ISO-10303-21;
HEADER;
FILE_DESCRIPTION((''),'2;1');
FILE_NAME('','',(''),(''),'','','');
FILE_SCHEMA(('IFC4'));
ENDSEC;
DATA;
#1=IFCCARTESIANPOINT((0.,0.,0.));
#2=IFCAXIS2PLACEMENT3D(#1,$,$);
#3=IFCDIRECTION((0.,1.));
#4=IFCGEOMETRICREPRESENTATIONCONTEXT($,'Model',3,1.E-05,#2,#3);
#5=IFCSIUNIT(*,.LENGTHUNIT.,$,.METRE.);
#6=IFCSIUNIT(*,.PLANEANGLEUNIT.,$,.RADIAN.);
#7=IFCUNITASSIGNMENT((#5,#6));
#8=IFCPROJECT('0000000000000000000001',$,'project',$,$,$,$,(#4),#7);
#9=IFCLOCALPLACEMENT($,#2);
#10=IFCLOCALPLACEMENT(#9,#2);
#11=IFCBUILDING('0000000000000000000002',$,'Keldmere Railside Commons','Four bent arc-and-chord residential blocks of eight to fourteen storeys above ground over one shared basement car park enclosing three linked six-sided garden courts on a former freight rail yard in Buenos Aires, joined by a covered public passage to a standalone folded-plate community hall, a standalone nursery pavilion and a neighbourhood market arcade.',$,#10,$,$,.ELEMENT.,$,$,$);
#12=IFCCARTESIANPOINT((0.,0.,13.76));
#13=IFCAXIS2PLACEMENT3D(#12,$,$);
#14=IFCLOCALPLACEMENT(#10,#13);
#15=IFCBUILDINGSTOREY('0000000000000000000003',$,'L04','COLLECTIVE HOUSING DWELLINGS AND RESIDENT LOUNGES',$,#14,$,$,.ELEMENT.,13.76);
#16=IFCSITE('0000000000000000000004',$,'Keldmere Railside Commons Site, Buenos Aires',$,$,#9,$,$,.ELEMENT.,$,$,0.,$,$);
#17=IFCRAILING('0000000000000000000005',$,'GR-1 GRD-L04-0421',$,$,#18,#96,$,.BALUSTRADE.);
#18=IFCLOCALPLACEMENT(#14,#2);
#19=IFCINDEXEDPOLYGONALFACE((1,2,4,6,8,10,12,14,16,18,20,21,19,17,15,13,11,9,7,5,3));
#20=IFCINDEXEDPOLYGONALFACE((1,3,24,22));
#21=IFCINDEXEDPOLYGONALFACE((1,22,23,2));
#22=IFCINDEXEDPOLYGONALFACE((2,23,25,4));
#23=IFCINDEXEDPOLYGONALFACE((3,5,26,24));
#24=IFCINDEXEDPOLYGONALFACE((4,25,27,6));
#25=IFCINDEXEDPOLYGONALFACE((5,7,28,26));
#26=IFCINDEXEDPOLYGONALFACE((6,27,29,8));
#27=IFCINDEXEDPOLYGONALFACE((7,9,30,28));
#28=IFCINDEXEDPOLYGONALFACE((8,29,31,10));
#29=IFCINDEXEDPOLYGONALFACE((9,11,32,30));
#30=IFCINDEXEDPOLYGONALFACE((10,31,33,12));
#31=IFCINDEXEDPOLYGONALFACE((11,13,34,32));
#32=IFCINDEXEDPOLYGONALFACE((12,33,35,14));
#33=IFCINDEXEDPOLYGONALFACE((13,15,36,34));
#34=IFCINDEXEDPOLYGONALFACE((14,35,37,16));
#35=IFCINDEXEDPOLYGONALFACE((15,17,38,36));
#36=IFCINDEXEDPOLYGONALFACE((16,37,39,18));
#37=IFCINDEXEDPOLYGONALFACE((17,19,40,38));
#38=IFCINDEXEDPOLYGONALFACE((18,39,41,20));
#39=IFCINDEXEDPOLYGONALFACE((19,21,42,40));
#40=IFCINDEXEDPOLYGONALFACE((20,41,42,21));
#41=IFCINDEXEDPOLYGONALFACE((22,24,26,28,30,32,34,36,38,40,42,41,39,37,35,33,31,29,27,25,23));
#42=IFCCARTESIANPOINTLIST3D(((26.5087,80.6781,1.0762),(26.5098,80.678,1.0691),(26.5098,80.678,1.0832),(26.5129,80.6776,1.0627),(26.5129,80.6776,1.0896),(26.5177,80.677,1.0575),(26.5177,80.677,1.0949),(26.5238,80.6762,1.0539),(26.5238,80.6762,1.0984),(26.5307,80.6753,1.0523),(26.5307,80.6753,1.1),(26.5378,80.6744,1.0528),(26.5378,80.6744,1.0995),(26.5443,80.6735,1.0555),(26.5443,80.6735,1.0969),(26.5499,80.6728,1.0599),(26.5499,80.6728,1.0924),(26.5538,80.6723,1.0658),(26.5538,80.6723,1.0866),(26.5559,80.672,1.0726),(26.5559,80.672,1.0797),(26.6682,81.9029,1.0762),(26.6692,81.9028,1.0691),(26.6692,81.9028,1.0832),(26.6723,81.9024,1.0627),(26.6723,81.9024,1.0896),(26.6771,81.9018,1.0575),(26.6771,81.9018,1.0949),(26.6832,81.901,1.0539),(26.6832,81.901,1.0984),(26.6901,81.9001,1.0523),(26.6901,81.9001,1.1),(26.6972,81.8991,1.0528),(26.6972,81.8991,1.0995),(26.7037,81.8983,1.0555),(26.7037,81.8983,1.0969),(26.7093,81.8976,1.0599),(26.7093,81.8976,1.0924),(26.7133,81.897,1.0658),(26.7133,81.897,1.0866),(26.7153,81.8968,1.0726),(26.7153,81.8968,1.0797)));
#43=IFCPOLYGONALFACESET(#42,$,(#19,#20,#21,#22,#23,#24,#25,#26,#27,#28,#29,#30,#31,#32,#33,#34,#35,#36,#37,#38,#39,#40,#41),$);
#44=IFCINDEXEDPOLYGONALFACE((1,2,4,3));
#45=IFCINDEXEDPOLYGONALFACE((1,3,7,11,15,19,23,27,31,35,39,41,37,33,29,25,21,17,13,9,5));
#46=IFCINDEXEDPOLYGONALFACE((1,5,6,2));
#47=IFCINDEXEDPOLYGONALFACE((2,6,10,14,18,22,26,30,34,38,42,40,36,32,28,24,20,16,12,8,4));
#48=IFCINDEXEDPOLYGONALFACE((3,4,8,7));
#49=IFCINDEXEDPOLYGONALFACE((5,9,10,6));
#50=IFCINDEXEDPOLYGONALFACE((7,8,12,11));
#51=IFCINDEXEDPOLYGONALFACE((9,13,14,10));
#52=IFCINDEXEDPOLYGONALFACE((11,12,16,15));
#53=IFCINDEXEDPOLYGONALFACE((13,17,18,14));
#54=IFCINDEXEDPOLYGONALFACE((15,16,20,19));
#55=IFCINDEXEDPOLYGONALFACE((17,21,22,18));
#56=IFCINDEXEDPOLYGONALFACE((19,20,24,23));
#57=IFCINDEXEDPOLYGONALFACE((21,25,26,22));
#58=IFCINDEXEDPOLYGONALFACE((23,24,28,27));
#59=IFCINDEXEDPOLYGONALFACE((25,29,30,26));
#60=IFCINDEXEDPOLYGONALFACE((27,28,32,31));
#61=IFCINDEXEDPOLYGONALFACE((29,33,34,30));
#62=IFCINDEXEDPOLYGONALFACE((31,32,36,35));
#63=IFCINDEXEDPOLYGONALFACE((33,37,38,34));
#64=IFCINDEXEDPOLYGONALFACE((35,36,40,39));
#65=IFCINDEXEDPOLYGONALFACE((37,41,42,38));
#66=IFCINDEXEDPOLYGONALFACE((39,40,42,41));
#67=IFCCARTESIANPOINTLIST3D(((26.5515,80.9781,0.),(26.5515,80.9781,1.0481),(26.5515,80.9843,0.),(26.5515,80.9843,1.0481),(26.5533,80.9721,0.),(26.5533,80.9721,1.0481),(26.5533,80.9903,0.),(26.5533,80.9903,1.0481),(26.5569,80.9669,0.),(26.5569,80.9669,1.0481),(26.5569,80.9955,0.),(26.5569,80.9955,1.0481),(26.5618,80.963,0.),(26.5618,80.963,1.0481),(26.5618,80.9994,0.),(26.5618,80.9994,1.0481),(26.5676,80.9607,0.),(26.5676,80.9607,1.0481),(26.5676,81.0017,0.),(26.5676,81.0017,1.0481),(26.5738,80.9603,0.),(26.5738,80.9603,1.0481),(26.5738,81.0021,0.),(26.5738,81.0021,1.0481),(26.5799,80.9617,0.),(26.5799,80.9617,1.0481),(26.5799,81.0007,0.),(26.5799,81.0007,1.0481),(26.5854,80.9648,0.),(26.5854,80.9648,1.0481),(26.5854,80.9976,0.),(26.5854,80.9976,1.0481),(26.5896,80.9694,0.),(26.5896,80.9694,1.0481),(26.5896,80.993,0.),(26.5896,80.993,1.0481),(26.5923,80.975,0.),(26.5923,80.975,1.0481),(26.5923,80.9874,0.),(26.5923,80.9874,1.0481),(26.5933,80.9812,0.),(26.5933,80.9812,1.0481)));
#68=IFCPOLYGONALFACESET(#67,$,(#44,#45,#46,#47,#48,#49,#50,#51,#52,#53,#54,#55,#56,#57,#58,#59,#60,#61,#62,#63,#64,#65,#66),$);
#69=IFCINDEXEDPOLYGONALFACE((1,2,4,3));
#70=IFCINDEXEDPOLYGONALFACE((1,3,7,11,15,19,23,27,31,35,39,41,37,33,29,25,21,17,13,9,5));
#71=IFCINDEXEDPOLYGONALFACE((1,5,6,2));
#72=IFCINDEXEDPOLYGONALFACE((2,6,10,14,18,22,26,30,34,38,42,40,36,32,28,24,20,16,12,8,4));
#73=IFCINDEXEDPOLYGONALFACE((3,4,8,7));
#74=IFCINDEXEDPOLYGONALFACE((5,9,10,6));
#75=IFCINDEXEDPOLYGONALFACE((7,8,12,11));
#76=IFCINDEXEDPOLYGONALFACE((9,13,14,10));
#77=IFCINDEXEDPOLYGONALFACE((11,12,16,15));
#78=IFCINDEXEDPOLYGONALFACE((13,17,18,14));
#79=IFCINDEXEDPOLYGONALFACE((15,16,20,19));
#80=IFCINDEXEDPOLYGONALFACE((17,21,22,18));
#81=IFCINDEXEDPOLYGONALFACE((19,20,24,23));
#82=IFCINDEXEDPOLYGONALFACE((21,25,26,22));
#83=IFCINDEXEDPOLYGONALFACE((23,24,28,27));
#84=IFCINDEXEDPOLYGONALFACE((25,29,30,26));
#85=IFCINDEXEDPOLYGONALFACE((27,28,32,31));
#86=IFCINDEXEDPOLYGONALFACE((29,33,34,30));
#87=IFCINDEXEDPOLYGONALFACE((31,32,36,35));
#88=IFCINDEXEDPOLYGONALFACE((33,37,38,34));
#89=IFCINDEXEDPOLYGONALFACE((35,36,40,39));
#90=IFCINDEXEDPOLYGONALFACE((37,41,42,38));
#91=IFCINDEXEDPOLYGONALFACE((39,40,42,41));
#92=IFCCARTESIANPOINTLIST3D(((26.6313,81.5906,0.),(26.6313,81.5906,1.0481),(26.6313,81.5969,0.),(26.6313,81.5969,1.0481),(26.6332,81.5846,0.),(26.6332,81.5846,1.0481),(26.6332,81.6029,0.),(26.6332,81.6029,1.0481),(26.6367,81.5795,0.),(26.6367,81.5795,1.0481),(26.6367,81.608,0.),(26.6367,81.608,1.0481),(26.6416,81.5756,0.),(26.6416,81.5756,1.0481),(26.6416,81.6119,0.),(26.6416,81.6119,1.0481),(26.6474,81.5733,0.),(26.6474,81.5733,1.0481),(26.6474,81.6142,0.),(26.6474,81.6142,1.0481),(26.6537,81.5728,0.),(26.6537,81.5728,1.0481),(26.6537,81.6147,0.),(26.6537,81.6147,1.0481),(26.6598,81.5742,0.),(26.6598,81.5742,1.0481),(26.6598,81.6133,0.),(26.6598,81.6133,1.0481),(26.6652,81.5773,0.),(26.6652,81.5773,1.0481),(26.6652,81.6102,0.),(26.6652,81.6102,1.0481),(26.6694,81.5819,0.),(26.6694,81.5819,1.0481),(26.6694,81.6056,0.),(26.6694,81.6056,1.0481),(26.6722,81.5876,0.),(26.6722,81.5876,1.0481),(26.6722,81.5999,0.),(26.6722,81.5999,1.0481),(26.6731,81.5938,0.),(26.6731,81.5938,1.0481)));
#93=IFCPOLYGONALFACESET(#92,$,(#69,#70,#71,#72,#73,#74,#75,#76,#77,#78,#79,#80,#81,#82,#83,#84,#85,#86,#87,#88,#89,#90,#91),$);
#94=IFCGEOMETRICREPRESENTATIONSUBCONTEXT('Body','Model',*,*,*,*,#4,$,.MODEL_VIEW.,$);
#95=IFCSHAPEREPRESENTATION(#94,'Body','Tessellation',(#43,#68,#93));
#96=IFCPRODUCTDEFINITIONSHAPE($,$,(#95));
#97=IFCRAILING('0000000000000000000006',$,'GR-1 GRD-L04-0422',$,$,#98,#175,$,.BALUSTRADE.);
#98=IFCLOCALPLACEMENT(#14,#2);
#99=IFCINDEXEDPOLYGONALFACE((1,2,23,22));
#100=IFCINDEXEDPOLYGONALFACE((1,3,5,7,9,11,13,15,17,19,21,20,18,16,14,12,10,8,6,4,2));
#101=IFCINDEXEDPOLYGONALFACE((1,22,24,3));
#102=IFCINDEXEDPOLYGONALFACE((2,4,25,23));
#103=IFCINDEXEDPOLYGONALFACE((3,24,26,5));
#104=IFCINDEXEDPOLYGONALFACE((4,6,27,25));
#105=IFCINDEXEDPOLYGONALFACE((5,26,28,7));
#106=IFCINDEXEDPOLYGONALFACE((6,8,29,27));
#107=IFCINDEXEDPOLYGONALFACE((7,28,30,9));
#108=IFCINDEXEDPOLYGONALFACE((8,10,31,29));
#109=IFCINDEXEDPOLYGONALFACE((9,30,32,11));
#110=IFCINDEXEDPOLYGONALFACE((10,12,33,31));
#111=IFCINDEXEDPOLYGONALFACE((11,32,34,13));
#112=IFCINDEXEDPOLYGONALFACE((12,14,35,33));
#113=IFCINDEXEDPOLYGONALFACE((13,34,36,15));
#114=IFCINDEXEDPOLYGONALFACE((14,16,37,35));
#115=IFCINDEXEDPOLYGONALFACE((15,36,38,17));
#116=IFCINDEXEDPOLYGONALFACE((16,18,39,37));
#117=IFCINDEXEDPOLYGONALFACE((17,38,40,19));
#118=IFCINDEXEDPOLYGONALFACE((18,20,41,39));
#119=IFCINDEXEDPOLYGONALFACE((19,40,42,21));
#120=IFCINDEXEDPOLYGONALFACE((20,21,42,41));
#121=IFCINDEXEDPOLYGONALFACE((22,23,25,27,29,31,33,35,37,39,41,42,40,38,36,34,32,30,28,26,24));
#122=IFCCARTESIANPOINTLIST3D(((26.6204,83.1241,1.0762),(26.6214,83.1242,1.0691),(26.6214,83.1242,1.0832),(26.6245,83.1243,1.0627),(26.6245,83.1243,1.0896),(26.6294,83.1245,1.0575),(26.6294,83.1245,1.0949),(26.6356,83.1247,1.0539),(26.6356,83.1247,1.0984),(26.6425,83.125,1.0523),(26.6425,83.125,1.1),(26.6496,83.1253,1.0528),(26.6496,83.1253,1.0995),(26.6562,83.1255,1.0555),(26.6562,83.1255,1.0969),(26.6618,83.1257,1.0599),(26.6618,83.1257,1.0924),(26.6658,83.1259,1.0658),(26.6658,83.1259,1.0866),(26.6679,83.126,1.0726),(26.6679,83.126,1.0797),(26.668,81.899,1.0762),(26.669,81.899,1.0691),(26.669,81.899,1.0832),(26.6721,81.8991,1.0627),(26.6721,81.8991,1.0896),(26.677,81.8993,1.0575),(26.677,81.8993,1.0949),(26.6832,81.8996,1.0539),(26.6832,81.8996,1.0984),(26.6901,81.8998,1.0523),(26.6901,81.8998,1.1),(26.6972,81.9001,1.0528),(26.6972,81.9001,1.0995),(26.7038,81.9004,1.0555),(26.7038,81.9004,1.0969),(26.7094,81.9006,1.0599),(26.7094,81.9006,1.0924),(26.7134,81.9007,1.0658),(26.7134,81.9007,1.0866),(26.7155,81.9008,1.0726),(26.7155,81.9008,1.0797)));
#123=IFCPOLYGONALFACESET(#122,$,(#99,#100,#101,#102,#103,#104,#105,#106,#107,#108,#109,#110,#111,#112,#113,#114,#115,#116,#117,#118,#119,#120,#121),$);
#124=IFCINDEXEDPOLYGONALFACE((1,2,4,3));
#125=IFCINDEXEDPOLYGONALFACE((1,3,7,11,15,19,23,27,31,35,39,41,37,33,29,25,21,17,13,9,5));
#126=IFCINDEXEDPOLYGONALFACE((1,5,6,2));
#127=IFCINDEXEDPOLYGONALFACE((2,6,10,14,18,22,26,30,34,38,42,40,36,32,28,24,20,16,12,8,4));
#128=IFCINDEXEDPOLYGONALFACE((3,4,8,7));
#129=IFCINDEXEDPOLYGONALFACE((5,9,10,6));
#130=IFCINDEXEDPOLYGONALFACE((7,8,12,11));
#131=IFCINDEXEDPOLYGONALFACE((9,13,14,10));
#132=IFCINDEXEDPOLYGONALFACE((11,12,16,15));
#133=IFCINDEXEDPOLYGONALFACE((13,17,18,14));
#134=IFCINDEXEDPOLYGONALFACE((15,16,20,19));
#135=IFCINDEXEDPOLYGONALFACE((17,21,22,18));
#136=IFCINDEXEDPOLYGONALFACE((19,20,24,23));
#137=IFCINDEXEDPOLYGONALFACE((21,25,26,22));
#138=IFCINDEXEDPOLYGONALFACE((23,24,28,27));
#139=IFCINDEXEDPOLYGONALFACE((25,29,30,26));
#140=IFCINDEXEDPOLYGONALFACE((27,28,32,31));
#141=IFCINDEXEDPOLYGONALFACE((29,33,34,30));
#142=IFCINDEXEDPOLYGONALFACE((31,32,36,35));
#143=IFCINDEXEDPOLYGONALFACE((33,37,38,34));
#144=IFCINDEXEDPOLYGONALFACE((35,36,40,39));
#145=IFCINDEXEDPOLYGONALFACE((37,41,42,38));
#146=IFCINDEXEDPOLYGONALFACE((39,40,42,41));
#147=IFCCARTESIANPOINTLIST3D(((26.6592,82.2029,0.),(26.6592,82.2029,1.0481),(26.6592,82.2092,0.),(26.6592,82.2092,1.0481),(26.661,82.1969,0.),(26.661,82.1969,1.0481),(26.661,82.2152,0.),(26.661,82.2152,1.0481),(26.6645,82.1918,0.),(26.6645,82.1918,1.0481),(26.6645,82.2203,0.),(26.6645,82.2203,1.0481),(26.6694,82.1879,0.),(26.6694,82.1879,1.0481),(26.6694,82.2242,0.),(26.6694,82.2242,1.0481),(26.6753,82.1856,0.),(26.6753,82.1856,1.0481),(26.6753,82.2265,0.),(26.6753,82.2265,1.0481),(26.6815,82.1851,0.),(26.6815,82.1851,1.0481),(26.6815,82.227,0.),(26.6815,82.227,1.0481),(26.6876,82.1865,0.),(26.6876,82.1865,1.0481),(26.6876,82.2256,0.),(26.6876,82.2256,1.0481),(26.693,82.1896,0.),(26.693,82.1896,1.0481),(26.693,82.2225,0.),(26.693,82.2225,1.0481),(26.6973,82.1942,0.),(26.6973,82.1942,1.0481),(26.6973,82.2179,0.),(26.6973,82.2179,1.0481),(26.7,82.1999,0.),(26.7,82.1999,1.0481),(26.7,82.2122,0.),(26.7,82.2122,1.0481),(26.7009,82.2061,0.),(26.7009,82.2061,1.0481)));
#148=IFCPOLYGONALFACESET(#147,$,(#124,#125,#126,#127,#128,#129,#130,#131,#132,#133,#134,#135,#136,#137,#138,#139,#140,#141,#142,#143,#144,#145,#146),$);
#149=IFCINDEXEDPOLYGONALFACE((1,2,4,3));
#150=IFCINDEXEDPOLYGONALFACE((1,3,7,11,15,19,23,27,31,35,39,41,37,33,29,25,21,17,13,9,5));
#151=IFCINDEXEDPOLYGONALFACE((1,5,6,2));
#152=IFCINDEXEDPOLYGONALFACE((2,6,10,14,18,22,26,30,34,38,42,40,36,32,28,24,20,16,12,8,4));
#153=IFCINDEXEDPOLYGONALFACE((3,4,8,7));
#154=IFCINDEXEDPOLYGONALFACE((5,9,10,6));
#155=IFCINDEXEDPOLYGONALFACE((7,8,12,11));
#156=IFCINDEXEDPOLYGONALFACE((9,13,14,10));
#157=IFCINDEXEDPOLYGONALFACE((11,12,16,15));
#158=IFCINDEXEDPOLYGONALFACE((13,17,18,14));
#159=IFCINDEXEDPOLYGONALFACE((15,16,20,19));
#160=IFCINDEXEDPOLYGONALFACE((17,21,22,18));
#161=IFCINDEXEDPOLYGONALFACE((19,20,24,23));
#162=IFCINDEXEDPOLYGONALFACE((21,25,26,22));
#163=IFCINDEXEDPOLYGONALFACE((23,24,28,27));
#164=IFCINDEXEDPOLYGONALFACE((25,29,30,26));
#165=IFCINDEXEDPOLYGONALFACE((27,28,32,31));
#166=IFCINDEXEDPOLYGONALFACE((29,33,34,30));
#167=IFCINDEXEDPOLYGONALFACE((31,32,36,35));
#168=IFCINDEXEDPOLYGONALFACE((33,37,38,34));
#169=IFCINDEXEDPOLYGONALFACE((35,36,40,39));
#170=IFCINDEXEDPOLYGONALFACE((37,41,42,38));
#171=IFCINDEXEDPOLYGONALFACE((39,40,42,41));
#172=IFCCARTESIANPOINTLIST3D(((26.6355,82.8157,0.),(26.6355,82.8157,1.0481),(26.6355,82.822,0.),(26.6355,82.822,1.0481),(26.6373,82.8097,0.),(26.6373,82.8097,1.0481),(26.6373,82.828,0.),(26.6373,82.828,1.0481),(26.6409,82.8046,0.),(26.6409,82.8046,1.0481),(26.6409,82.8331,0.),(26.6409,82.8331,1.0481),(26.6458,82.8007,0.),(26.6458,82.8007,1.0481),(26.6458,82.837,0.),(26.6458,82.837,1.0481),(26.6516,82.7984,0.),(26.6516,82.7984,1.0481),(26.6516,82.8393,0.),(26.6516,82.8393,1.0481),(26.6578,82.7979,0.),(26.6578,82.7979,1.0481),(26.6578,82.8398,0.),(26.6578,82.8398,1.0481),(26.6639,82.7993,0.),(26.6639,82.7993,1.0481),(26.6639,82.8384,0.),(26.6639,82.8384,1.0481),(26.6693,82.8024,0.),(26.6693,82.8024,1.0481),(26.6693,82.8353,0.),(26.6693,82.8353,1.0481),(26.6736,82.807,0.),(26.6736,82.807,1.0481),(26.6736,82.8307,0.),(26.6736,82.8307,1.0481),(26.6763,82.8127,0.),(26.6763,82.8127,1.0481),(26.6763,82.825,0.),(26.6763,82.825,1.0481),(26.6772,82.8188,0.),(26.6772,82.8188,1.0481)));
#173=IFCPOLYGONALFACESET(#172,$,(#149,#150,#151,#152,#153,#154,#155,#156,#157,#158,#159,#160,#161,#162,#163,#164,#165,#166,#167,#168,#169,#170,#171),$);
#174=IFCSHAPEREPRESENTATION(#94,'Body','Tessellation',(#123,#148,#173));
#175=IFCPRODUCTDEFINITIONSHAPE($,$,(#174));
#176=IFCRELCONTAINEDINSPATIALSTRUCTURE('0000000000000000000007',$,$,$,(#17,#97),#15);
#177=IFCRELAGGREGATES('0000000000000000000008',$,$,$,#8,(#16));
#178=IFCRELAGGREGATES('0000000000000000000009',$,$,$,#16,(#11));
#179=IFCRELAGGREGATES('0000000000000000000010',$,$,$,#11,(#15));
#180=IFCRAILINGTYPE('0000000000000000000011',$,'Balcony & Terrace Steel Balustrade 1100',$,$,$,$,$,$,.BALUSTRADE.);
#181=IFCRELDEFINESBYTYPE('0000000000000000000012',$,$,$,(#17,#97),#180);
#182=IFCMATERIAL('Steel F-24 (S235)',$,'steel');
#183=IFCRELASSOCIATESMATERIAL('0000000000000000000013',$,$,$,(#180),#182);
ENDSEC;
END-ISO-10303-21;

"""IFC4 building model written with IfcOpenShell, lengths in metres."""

from ifc_helpers import new_model, si_unit, direction, frame, origin, origin_2d, place, context, subcontext, project, spatial, circle, extrude, material, type_object, element, save


model = new_model("IFC4")

# Units and contexts
model_context = context("Model", 3, precision=1e-05, world=origin(), true_north=direction((0.0, 1.0)))
body_context = subcontext(model_context, "Body", "Model", "MODEL_VIEW")
ifc_project = project(units=[si_unit("LENGTHUNIT", "METRE"), si_unit("PLANEANGLEUNIT", "RADIAN")], contexts=[model_context])

# Site, building, storey
site_placement = place(None, origin())
site = spatial("IfcSite", under=ifc_project, at=site_placement, Name="Keldmere Railside Commons Site, Buenos Aires", CompositionType="ELEMENT", RefElevation=0.0)
building_placement = place(site_placement, origin())
building = spatial("IfcBuilding", under=site, at=building_placement, Name="Keldmere Railside Commons", Description="Four bent arc-and-chord residential blocks of eight to fourteen storeys above ground over one shared basement car park enclosing three linked six-sided garden courts on a former freight rail yard in Buenos Aires, joined by a covered public passage to a standalone folded-plate community hall, a standalone nursery pavilion and a neighbourhood market arcade.", CompositionType="ELEMENT")
storey_placement = place(building_placement, frame((0.0, 0.0, 13.76)))
storey = spatial("IfcBuildingStorey", under=building, at=storey_placement, Name="L04", Description="COLLECTIVE HOUSING DWELLINGS AND RESIDENT LOUNGES", CompositionType="ELEMENT", Elevation=13.76)

# Railings
ifc_material_1 = material(Name="Steel F-24 (S235)", Category="steel")
railing_type = type_object("IfcRailingType", Name="Balcony & Terrace Steel Balustrade 1100", PredefinedType="BALUSTRADE", material=ifc_material_1)
railing_1_placement = place(storey_placement, frame((26.5325, 80.675, 0.0)))
element("IfcRailing", 1, at=railing_1_placement, inside=storey, type_object=railing_type, Name="GR-1 GRD-L04-0421", PredefinedType="BALUSTRADE", context=body_context, shape_type="SweptSolid", body=[
    extrude(circle(Radius=0.0239, at=origin_2d()), frame((0.0, 0.0, 1.0762), z_axis=(0.129069, 0.991636, 0.0), x_axis=(-0.991636, 0.129069, 0.0)), (0.0, 0.0, 1.0), 1.2351),
    extrude(circle(Radius=0.021, at=origin_2d()), frame((0.0398, 0.3062, 0.0)), (0.0, 0.0, 1.0), 1.0481),
    extrude(circle(Radius=0.021, at=origin_2d()), frame((0.1196, 0.9187, 0.0)), (0.0, 0.0, 1.0), 1.0481),
])
railing_2_placement = place(storey_placement, frame((26.6919, 81.8999, 0.0)))
element("IfcRailing", 2, at=railing_2_placement, inside=storey, type_object=railing_type, Name="GR-1 GRD-L04-0422", PredefinedType="BALUSTRADE", context=body_context, shape_type="SweptSolid", body=[
    extrude(circle(Radius=0.0239, at=origin_2d()), frame((0.0, 0.0, 1.0762), z_axis=(-0.038831, 0.999246, 0.0), x_axis=(-0.999246, -0.038831, 0.0)), (0.0, 0.0, 1.0), 1.2261),
    extrude(circle(Radius=0.021, at=origin_2d()), frame((-0.012, 0.3062, 0.0)), (0.0, 0.0, 1.0), 1.0481),
    extrude(circle(Radius=0.021, at=origin_2d()), frame((-0.0356, 0.9189, 0.0)), (0.0, 0.0, 1.0), 1.0481),
])

save(model, "model.ifc")
